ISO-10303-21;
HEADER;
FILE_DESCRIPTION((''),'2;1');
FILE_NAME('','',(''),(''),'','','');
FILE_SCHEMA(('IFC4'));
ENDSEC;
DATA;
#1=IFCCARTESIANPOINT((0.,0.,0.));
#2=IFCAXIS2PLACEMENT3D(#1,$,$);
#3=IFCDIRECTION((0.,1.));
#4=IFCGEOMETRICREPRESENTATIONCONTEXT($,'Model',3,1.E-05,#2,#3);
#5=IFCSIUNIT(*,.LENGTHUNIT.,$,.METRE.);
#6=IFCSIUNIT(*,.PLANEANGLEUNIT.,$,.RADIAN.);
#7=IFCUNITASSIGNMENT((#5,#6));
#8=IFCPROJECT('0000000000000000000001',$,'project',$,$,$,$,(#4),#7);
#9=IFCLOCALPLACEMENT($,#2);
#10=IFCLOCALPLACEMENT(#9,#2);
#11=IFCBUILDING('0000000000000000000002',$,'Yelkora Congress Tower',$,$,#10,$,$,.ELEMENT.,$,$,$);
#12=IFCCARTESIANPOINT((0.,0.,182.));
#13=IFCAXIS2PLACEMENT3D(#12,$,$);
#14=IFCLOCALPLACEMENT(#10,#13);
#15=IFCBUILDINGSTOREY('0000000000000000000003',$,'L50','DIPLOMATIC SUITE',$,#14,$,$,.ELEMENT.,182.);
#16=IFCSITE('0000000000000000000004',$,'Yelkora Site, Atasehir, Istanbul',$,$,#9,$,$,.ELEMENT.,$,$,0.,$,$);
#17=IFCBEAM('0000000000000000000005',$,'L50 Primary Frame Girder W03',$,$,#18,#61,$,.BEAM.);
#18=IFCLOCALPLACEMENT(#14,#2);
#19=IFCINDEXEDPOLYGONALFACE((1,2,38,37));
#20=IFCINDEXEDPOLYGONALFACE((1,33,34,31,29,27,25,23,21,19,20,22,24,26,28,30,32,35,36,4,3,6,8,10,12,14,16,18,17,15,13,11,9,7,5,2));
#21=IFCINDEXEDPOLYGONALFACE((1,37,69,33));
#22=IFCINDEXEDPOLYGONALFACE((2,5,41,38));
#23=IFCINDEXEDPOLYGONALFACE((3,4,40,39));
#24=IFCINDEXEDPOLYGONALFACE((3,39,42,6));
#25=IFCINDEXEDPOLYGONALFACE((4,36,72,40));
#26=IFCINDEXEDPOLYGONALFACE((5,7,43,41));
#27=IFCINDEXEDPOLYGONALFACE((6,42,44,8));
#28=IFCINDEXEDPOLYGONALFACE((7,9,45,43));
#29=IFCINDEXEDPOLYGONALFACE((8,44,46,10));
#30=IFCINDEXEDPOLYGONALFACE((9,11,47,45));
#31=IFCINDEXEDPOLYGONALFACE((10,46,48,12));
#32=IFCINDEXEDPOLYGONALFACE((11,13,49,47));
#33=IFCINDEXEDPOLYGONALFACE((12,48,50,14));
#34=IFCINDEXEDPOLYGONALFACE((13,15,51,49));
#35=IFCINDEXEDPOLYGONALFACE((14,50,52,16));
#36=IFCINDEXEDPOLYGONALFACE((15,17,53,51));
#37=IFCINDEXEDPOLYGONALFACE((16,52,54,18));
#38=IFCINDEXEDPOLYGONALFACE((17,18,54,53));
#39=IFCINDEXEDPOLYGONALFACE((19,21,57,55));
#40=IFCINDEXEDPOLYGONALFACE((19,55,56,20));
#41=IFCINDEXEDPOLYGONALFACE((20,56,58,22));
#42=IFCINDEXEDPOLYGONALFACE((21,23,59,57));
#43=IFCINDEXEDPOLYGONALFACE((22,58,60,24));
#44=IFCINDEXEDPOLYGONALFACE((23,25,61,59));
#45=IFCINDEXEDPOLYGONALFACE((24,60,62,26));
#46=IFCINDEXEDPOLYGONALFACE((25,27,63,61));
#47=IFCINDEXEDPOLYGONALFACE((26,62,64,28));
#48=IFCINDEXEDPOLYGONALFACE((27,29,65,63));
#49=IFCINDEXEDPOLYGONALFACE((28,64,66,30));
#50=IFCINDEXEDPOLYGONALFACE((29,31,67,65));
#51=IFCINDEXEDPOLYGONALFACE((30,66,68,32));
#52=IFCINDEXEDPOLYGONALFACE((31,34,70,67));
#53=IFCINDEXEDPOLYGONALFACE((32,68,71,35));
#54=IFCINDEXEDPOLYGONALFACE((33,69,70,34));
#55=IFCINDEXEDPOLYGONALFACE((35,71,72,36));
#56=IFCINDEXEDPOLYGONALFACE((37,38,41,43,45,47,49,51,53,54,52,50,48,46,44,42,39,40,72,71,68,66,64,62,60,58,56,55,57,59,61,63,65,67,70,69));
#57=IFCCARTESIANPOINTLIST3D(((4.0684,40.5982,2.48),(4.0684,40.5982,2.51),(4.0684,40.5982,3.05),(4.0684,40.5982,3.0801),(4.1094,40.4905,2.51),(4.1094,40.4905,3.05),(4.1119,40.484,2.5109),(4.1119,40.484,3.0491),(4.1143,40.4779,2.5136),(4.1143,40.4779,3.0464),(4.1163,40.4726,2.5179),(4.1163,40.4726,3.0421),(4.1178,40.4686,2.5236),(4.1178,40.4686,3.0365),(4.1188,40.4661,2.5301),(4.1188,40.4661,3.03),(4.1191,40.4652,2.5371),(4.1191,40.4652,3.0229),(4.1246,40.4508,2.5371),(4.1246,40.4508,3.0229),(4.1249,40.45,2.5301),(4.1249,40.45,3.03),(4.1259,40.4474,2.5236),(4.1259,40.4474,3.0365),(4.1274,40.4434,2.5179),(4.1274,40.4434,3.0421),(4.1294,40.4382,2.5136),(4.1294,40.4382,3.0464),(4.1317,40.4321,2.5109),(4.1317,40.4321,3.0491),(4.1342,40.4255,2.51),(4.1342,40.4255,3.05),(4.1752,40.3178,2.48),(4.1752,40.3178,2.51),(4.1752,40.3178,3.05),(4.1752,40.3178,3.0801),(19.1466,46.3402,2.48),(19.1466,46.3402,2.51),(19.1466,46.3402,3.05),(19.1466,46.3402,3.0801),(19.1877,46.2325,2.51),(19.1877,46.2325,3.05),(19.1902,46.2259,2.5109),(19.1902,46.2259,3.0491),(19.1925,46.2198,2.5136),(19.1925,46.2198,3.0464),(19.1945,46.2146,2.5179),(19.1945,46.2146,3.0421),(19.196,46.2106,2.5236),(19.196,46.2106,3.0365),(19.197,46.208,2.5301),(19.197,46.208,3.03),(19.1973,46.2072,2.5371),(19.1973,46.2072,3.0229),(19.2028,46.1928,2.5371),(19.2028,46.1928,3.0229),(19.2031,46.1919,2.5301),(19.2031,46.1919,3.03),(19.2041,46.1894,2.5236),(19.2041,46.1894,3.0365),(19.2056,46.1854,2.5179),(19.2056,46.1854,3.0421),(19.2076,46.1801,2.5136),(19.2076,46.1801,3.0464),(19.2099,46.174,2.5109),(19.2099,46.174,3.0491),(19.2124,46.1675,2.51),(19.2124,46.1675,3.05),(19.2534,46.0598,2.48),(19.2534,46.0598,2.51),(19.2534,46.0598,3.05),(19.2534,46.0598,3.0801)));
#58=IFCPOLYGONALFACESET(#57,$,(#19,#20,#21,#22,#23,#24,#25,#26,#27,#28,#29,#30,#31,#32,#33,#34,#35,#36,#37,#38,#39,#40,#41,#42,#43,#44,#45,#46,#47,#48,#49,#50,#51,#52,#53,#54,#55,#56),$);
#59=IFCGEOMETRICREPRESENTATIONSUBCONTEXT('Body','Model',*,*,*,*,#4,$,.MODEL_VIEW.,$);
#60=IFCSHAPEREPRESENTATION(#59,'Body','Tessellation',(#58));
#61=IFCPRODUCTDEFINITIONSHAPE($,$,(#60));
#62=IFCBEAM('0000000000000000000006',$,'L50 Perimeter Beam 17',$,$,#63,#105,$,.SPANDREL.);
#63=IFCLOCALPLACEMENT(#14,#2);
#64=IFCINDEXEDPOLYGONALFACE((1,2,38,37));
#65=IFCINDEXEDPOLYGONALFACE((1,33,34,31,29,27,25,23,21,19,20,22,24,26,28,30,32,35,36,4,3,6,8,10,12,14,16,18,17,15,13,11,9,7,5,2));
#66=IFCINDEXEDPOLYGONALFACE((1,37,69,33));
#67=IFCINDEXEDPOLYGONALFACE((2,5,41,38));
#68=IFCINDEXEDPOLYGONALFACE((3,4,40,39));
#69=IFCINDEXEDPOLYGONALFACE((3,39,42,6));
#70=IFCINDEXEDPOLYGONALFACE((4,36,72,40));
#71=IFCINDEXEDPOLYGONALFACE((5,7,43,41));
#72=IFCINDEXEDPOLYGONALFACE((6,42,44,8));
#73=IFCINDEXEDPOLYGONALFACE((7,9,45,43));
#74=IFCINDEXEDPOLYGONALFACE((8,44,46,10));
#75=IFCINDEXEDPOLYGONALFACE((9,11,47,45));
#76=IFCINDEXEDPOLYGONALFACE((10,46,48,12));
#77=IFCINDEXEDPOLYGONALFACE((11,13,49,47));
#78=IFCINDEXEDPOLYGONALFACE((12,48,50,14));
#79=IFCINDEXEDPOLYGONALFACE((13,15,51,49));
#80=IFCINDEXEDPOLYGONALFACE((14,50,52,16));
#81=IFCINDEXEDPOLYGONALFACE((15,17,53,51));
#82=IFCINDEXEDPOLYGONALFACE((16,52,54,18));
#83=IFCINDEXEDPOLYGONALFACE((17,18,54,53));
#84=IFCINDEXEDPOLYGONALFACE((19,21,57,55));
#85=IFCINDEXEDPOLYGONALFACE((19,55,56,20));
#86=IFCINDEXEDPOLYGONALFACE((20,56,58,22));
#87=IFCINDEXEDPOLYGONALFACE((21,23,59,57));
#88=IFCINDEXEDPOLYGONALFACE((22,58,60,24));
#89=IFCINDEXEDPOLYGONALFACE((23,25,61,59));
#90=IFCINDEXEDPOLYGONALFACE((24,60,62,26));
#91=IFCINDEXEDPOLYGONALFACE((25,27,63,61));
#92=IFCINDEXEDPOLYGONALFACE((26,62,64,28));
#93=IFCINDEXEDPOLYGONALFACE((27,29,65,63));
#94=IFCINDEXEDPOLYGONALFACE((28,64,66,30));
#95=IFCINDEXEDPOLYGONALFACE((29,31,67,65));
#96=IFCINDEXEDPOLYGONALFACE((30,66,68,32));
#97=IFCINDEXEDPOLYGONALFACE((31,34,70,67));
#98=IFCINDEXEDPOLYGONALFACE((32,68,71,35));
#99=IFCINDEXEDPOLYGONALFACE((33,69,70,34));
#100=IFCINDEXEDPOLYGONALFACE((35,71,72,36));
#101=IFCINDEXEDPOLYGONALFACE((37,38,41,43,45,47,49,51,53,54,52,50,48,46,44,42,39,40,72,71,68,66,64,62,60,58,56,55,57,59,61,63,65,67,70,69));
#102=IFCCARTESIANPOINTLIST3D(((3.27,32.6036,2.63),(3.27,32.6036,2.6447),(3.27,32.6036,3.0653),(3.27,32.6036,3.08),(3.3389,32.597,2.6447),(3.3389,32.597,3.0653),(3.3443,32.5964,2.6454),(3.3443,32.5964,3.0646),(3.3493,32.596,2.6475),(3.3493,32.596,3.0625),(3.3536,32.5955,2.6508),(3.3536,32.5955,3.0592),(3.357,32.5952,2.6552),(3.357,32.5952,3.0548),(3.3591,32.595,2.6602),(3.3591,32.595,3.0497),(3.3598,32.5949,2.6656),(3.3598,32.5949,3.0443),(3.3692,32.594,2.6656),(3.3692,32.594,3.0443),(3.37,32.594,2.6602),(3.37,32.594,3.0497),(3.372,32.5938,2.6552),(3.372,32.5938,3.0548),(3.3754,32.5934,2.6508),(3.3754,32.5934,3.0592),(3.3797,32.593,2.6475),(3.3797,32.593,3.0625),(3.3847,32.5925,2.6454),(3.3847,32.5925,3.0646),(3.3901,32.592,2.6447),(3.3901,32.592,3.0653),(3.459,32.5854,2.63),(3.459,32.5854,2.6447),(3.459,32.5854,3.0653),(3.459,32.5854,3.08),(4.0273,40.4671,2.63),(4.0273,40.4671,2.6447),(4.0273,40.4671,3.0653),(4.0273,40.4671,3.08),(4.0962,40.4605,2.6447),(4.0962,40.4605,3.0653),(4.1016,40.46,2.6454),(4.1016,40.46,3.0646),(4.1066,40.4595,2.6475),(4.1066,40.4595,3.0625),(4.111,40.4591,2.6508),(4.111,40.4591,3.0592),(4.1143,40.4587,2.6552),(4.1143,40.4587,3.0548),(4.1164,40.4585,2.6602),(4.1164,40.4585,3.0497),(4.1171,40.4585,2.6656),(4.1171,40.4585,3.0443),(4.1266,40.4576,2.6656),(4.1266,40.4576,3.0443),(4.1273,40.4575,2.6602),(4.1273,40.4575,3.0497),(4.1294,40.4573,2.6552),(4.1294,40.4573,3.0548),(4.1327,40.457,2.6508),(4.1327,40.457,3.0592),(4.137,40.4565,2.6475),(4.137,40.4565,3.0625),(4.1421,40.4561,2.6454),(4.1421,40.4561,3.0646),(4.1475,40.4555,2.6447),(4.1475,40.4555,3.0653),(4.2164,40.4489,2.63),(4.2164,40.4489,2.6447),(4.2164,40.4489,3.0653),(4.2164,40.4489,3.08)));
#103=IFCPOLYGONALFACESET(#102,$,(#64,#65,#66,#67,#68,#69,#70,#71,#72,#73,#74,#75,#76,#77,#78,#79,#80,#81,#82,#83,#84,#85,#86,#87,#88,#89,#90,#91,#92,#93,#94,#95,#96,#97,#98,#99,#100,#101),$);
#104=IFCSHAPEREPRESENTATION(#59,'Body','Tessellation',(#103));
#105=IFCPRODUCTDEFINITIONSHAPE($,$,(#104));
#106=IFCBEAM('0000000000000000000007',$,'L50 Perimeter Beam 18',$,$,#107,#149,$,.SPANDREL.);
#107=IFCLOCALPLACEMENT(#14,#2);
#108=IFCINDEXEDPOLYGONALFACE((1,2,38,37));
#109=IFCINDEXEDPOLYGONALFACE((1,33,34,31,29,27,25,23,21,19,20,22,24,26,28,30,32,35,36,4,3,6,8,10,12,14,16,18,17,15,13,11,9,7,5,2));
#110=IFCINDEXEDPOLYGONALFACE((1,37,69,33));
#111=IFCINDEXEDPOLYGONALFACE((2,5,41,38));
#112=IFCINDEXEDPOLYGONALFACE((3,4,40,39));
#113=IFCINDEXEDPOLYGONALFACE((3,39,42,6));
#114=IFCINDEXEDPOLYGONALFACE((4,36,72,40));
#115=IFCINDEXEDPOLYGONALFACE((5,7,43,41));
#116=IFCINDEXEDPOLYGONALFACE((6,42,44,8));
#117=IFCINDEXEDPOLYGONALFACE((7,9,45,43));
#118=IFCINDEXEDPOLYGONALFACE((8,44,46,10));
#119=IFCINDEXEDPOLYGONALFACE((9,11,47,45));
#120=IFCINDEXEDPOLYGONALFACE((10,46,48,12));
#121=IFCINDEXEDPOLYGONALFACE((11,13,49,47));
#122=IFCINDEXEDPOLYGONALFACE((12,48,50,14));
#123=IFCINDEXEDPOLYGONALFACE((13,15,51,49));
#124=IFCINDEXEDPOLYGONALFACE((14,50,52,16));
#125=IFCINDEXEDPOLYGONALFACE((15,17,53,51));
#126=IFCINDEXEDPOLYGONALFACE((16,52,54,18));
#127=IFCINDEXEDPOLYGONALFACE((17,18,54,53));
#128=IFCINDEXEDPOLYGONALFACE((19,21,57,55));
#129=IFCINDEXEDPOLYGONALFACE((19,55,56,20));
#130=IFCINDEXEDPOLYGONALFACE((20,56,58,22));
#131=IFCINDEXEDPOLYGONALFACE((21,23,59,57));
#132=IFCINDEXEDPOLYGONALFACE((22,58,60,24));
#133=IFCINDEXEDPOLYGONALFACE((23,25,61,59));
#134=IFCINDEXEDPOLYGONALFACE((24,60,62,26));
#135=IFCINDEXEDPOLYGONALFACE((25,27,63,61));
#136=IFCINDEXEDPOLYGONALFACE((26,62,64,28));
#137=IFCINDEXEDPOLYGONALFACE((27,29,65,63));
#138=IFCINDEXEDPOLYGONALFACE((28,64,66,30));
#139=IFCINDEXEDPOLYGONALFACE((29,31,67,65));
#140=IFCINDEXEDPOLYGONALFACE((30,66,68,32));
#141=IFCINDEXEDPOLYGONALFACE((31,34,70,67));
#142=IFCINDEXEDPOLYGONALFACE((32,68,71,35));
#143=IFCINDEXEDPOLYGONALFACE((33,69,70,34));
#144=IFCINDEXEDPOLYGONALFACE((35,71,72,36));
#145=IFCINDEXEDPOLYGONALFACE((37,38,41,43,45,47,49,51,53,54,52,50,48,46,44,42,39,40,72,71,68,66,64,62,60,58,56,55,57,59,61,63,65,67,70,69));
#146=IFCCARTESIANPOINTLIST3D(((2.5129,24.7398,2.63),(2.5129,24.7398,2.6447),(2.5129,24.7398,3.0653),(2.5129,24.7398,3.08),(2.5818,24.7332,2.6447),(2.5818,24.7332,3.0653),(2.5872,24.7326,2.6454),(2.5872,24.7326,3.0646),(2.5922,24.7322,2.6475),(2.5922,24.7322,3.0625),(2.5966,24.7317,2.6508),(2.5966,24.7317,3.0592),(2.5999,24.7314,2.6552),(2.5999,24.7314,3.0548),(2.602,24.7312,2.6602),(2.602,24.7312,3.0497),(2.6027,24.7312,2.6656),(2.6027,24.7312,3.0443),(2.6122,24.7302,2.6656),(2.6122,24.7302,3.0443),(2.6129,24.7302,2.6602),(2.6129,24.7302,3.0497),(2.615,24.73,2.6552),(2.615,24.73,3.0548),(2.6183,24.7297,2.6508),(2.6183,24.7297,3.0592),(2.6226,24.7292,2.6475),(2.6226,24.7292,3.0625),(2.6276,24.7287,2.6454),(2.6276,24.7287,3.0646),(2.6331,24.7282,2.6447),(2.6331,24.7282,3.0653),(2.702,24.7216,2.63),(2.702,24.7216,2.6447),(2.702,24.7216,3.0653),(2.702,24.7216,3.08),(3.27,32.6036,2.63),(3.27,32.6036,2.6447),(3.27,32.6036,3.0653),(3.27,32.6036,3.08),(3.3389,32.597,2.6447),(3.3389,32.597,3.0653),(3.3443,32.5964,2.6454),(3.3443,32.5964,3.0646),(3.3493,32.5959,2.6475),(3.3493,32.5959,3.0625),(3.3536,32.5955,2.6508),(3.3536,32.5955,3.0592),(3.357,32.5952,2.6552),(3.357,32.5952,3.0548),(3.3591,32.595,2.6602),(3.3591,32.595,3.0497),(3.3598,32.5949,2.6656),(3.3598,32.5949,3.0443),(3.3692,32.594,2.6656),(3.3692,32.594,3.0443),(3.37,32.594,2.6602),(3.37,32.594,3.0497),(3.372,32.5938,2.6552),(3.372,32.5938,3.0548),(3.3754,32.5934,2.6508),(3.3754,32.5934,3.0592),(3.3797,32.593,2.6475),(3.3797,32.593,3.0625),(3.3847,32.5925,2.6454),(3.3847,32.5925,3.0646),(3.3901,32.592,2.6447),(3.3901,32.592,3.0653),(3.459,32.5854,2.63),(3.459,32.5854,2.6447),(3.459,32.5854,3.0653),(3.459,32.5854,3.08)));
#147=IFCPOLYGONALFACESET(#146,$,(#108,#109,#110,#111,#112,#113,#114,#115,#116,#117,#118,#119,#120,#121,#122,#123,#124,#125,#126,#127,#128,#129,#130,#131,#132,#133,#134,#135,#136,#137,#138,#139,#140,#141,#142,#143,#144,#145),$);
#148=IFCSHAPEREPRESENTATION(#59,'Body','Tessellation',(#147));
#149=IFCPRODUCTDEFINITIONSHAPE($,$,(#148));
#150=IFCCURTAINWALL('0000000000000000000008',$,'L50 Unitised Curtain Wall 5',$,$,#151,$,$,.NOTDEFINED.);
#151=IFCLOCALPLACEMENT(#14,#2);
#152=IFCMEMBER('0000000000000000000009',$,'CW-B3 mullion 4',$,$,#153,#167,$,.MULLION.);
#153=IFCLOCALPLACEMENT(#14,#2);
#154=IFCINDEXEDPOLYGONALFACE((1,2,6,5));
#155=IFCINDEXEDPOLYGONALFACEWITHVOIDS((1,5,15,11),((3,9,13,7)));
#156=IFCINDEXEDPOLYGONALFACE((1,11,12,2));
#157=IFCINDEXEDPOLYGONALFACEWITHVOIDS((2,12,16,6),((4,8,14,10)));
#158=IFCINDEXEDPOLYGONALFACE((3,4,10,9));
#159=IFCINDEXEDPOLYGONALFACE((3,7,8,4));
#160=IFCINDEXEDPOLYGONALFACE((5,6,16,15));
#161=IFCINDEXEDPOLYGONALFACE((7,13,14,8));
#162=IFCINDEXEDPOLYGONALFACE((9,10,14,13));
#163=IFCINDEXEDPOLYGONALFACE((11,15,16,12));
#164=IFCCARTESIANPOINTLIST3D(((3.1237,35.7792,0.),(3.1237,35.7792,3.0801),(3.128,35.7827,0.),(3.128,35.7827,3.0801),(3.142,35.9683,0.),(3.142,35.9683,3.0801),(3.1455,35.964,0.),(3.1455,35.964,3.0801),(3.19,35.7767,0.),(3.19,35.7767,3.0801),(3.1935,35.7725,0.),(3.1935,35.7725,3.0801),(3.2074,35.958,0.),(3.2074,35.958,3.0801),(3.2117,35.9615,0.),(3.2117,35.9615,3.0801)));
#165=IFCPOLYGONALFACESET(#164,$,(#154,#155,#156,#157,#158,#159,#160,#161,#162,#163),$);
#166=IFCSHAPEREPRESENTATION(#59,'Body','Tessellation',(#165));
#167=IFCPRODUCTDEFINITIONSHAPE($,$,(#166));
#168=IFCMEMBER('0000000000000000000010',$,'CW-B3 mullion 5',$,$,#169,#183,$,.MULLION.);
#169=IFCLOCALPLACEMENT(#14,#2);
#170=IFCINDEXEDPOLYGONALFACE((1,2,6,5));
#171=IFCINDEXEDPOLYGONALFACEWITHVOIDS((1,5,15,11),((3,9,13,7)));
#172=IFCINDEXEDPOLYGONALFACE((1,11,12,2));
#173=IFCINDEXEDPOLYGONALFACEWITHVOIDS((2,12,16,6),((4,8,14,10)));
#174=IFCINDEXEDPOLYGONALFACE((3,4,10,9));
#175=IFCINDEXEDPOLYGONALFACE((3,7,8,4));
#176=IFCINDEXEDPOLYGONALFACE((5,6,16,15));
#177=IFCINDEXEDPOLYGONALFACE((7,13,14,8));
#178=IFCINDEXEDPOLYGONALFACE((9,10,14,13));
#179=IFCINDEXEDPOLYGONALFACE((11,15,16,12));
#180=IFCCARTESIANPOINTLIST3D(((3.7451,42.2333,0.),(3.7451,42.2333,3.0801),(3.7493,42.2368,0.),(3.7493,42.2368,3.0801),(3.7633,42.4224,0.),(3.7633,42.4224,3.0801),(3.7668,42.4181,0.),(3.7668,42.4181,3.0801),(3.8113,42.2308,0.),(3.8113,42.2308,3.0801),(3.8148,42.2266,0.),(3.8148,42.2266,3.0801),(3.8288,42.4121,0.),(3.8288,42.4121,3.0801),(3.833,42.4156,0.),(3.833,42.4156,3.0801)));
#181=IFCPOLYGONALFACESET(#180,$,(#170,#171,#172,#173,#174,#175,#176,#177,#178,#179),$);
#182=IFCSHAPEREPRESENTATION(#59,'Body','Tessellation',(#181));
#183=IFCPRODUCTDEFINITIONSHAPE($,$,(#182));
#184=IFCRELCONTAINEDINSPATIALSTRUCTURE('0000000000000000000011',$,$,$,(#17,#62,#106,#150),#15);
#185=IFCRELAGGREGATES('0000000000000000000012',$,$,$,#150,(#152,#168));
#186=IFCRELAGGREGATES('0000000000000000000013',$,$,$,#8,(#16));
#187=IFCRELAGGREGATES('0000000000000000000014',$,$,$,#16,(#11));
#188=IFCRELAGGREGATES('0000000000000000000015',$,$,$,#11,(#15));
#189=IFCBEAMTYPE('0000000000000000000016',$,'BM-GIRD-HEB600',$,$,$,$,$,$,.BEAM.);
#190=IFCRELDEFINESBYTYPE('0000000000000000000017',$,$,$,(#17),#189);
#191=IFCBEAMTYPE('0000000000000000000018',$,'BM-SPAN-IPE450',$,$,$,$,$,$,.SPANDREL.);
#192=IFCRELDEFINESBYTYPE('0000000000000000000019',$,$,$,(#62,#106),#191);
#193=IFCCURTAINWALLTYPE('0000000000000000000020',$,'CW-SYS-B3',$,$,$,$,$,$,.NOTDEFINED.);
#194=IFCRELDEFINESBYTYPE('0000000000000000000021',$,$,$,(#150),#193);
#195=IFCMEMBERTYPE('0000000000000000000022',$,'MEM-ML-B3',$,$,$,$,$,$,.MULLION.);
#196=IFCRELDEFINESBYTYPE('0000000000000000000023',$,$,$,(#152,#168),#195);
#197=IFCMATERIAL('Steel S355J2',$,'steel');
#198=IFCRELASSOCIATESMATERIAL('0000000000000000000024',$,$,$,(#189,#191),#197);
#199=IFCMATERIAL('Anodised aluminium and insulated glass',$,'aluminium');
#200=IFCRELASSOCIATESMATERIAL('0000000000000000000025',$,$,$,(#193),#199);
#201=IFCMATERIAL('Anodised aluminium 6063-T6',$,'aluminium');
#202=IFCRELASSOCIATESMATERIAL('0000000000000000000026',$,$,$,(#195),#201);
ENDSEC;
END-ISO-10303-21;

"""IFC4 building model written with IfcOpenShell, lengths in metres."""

from ifc_helpers import new_model, si_unit, direction, frame, origin, origin_2d, place, context, subcontext, project, spatial, hollow_rectangle, i_section, extrude, material, material_profile, profile_set, type_object, element, aggregate, save


model = new_model("IFC4")

# Units and contexts
model_context = context("Model", 3, precision=1e-05, world=origin(), true_north=direction((0.0, 1.0)))
body_context = subcontext(model_context, "Body", "Model", "MODEL_VIEW")
ifc_project = project(units=[si_unit("LENGTHUNIT", "METRE"), si_unit("PLANEANGLEUNIT", "RADIAN")], contexts=[model_context])

# Site, building, storey
site_placement = place(None, origin())
site = spatial("IfcSite", under=ifc_project, at=site_placement, Name="Yelkora Site, Atasehir, Istanbul", CompositionType="ELEMENT", RefElevation=0.0)
building_placement = place(site_placement, origin())
building = spatial("IfcBuilding", under=site, at=building_placement, Name="Yelkora Congress Tower", CompositionType="ELEMENT")
storey_placement = place(building_placement, frame((0.0, 0.0, 182.0)))
storey = spatial("IfcBuildingStorey", under=building, at=storey_placement, Name="L50", Description="DIPLOMATIC SUITE", CompositionType="ELEMENT", Elevation=182.0)

# Beams
ifc_material_1 = material(Name="Steel S355J2", Category="steel")
ifc_material_profile_1 = material_profile(ifc_material_1, i_section(OverallWidth=0.3, OverallDepth=0.6001, WebThickness=0.0154, FlangeThickness=0.03, FilletRadius=0.0271, at=origin_2d()), Name="HEB 600")
ifc_profile_set_1 = profile_set([ifc_material_profile_1], Name="Steel S355J2")
beam_type_1 = type_object("IfcBeamType", Name="BM-GIRD-HEB600", PredefinedType="BEAM", material=ifc_profile_set_1)
beam_1_placement = place(storey_placement, frame((4.1218, 40.458, 2.78), z_axis=(0.934531, 0.355881, 0.0), x_axis=(-0.355881, 0.934531, 0.0)))
element("IfcBeam", 1, at=beam_1_placement, inside=storey, type_object=beam_type_1, Name="L50 Primary Frame Girder W03", PredefinedType="BEAM", context=body_context, shape_type="SweptSolid", body=[
    extrude(i_section(OverallWidth=0.3, OverallDepth=0.6001, WebThickness=0.0154, FlangeThickness=0.03, FilletRadius=0.0271, at=origin_2d()), origin(), (0.0, 0.0, 1.0), 16.1345),
])
ifc_material_profile_2 = material_profile(ifc_material_1, i_section(OverallWidth=0.1899, OverallDepth=0.45, WebThickness=0.0095, FlangeThickness=0.0146, FilletRadius=0.021, at=origin_2d()), Name="IPE 450")
ifc_profile_set_2 = profile_set([ifc_material_profile_2], Name="Steel S355J2")
beam_type_2 = type_object("IfcBeamType", Name="BM-SPAN-IPE450", PredefinedType="SPANDREL", material=ifc_profile_set_2)
beam_2_placement = place(storey_placement, frame((4.1218, 40.458, 2.855), z_axis=(-0.095865, -0.995394, 0.0), x_axis=(0.995394, -0.095865, 0.0)))
element("IfcBeam", 2, at=beam_2_placement, inside=storey, type_object=beam_type_2, Name="L50 Perimeter Beam 17", PredefinedType="SPANDREL", context=body_context, shape_type="SweptSolid", body=[
    extrude(i_section(OverallWidth=0.1899, OverallDepth=0.45, WebThickness=0.0095, FlangeThickness=0.0146, FilletRadius=0.021, at=origin_2d()), origin(), (0.0, 0.0, 1.0), 7.8999),
])
beam_3_placement = place(storey_placement, frame((3.3645, 32.5945, 2.855), z_axis=(-0.095831, -0.995398, 0.0), x_axis=(0.995398, -0.095831, 0.0)))
element("IfcBeam", 3, at=beam_3_placement, inside=storey, type_object=beam_type_2, Name="L50 Perimeter Beam 18", PredefinedType="SPANDREL", context=body_context, shape_type="SweptSolid", body=[
    extrude(i_section(OverallWidth=0.1899, OverallDepth=0.45, WebThickness=0.0095, FlangeThickness=0.0146, FilletRadius=0.021, at=origin_2d()), origin(), (0.0, 0.0, 1.0), 7.9001),
])

# Curtain wall, members
ifc_material_2 = material(Name="Anodised aluminium and insulated glass", Category="aluminium")
curtain_wall_type = type_object("IfcCurtainWallType", Name="CW-SYS-B3", PredefinedType="NOTDEFINED", material=ifc_material_2)
curtain_wall_placement = place(storey_placement, origin())
curtain_wall = element("IfcCurtainWall", 4, at=curtain_wall_placement, inside=storey, type_object=curtain_wall_type, Name="L50 Unitised Curtain Wall 5", PredefinedType="NOTDEFINED")
ifc_material_3 = material(Name="Anodised aluminium 6063-T6", Category="aluminium")
ifc_material_profile_3 = material_profile(ifc_material_3, hollow_rectangle(XDim=0.0701, YDim=0.1899, WallThickness=0.0039, at=origin_2d()), Name="ALU 70x190x4")
ifc_profile_set_3 = profile_set([ifc_material_profile_3], Name="Anodised aluminium 6063-T6")
member_type_1 = type_object("IfcMemberType", Name="MEM-ML-B3", PredefinedType="MULLION", material=ifc_profile_set_3)
member_1_placement = place(storey_placement, frame((3.1677, 35.8704, 0.0), z_axis=(0.0, 0.0, 1.0), x_axis=(-0.995396, 0.095845, 0.0)))
member_1 = element("IfcMember", 5, at=member_1_placement, type_object=member_type_1, Name="CW-B3 mullion 4", PredefinedType="MULLION", context=body_context, shape_type="SweptSolid", body=[
    extrude(hollow_rectangle(XDim=0.0701, YDim=0.1899, WallThickness=0.0039, at=origin_2d()), origin(), (0.0, 0.0, 1.0), 3.0801),
])
member_2_placement = place(storey_placement, frame((3.7891, 42.3245, 0.0), z_axis=(0.0, 0.0, 1.0), x_axis=(-0.995396, 0.095845, 0.0)))
member_2 = element("IfcMember", 6, at=member_2_placement, type_object=member_type_1, Name="CW-B3 mullion 5", PredefinedType="MULLION", context=body_context, shape_type="SweptSolid", body=[
    extrude(hollow_rectangle(XDim=0.0701, YDim=0.1899, WallThickness=0.0039, at=origin_2d()), origin(), (0.0, 0.0, 1.0), 3.0801),
])
aggregate(curtain_wall, [member_1, member_2])

save(model, "model.ifc")
